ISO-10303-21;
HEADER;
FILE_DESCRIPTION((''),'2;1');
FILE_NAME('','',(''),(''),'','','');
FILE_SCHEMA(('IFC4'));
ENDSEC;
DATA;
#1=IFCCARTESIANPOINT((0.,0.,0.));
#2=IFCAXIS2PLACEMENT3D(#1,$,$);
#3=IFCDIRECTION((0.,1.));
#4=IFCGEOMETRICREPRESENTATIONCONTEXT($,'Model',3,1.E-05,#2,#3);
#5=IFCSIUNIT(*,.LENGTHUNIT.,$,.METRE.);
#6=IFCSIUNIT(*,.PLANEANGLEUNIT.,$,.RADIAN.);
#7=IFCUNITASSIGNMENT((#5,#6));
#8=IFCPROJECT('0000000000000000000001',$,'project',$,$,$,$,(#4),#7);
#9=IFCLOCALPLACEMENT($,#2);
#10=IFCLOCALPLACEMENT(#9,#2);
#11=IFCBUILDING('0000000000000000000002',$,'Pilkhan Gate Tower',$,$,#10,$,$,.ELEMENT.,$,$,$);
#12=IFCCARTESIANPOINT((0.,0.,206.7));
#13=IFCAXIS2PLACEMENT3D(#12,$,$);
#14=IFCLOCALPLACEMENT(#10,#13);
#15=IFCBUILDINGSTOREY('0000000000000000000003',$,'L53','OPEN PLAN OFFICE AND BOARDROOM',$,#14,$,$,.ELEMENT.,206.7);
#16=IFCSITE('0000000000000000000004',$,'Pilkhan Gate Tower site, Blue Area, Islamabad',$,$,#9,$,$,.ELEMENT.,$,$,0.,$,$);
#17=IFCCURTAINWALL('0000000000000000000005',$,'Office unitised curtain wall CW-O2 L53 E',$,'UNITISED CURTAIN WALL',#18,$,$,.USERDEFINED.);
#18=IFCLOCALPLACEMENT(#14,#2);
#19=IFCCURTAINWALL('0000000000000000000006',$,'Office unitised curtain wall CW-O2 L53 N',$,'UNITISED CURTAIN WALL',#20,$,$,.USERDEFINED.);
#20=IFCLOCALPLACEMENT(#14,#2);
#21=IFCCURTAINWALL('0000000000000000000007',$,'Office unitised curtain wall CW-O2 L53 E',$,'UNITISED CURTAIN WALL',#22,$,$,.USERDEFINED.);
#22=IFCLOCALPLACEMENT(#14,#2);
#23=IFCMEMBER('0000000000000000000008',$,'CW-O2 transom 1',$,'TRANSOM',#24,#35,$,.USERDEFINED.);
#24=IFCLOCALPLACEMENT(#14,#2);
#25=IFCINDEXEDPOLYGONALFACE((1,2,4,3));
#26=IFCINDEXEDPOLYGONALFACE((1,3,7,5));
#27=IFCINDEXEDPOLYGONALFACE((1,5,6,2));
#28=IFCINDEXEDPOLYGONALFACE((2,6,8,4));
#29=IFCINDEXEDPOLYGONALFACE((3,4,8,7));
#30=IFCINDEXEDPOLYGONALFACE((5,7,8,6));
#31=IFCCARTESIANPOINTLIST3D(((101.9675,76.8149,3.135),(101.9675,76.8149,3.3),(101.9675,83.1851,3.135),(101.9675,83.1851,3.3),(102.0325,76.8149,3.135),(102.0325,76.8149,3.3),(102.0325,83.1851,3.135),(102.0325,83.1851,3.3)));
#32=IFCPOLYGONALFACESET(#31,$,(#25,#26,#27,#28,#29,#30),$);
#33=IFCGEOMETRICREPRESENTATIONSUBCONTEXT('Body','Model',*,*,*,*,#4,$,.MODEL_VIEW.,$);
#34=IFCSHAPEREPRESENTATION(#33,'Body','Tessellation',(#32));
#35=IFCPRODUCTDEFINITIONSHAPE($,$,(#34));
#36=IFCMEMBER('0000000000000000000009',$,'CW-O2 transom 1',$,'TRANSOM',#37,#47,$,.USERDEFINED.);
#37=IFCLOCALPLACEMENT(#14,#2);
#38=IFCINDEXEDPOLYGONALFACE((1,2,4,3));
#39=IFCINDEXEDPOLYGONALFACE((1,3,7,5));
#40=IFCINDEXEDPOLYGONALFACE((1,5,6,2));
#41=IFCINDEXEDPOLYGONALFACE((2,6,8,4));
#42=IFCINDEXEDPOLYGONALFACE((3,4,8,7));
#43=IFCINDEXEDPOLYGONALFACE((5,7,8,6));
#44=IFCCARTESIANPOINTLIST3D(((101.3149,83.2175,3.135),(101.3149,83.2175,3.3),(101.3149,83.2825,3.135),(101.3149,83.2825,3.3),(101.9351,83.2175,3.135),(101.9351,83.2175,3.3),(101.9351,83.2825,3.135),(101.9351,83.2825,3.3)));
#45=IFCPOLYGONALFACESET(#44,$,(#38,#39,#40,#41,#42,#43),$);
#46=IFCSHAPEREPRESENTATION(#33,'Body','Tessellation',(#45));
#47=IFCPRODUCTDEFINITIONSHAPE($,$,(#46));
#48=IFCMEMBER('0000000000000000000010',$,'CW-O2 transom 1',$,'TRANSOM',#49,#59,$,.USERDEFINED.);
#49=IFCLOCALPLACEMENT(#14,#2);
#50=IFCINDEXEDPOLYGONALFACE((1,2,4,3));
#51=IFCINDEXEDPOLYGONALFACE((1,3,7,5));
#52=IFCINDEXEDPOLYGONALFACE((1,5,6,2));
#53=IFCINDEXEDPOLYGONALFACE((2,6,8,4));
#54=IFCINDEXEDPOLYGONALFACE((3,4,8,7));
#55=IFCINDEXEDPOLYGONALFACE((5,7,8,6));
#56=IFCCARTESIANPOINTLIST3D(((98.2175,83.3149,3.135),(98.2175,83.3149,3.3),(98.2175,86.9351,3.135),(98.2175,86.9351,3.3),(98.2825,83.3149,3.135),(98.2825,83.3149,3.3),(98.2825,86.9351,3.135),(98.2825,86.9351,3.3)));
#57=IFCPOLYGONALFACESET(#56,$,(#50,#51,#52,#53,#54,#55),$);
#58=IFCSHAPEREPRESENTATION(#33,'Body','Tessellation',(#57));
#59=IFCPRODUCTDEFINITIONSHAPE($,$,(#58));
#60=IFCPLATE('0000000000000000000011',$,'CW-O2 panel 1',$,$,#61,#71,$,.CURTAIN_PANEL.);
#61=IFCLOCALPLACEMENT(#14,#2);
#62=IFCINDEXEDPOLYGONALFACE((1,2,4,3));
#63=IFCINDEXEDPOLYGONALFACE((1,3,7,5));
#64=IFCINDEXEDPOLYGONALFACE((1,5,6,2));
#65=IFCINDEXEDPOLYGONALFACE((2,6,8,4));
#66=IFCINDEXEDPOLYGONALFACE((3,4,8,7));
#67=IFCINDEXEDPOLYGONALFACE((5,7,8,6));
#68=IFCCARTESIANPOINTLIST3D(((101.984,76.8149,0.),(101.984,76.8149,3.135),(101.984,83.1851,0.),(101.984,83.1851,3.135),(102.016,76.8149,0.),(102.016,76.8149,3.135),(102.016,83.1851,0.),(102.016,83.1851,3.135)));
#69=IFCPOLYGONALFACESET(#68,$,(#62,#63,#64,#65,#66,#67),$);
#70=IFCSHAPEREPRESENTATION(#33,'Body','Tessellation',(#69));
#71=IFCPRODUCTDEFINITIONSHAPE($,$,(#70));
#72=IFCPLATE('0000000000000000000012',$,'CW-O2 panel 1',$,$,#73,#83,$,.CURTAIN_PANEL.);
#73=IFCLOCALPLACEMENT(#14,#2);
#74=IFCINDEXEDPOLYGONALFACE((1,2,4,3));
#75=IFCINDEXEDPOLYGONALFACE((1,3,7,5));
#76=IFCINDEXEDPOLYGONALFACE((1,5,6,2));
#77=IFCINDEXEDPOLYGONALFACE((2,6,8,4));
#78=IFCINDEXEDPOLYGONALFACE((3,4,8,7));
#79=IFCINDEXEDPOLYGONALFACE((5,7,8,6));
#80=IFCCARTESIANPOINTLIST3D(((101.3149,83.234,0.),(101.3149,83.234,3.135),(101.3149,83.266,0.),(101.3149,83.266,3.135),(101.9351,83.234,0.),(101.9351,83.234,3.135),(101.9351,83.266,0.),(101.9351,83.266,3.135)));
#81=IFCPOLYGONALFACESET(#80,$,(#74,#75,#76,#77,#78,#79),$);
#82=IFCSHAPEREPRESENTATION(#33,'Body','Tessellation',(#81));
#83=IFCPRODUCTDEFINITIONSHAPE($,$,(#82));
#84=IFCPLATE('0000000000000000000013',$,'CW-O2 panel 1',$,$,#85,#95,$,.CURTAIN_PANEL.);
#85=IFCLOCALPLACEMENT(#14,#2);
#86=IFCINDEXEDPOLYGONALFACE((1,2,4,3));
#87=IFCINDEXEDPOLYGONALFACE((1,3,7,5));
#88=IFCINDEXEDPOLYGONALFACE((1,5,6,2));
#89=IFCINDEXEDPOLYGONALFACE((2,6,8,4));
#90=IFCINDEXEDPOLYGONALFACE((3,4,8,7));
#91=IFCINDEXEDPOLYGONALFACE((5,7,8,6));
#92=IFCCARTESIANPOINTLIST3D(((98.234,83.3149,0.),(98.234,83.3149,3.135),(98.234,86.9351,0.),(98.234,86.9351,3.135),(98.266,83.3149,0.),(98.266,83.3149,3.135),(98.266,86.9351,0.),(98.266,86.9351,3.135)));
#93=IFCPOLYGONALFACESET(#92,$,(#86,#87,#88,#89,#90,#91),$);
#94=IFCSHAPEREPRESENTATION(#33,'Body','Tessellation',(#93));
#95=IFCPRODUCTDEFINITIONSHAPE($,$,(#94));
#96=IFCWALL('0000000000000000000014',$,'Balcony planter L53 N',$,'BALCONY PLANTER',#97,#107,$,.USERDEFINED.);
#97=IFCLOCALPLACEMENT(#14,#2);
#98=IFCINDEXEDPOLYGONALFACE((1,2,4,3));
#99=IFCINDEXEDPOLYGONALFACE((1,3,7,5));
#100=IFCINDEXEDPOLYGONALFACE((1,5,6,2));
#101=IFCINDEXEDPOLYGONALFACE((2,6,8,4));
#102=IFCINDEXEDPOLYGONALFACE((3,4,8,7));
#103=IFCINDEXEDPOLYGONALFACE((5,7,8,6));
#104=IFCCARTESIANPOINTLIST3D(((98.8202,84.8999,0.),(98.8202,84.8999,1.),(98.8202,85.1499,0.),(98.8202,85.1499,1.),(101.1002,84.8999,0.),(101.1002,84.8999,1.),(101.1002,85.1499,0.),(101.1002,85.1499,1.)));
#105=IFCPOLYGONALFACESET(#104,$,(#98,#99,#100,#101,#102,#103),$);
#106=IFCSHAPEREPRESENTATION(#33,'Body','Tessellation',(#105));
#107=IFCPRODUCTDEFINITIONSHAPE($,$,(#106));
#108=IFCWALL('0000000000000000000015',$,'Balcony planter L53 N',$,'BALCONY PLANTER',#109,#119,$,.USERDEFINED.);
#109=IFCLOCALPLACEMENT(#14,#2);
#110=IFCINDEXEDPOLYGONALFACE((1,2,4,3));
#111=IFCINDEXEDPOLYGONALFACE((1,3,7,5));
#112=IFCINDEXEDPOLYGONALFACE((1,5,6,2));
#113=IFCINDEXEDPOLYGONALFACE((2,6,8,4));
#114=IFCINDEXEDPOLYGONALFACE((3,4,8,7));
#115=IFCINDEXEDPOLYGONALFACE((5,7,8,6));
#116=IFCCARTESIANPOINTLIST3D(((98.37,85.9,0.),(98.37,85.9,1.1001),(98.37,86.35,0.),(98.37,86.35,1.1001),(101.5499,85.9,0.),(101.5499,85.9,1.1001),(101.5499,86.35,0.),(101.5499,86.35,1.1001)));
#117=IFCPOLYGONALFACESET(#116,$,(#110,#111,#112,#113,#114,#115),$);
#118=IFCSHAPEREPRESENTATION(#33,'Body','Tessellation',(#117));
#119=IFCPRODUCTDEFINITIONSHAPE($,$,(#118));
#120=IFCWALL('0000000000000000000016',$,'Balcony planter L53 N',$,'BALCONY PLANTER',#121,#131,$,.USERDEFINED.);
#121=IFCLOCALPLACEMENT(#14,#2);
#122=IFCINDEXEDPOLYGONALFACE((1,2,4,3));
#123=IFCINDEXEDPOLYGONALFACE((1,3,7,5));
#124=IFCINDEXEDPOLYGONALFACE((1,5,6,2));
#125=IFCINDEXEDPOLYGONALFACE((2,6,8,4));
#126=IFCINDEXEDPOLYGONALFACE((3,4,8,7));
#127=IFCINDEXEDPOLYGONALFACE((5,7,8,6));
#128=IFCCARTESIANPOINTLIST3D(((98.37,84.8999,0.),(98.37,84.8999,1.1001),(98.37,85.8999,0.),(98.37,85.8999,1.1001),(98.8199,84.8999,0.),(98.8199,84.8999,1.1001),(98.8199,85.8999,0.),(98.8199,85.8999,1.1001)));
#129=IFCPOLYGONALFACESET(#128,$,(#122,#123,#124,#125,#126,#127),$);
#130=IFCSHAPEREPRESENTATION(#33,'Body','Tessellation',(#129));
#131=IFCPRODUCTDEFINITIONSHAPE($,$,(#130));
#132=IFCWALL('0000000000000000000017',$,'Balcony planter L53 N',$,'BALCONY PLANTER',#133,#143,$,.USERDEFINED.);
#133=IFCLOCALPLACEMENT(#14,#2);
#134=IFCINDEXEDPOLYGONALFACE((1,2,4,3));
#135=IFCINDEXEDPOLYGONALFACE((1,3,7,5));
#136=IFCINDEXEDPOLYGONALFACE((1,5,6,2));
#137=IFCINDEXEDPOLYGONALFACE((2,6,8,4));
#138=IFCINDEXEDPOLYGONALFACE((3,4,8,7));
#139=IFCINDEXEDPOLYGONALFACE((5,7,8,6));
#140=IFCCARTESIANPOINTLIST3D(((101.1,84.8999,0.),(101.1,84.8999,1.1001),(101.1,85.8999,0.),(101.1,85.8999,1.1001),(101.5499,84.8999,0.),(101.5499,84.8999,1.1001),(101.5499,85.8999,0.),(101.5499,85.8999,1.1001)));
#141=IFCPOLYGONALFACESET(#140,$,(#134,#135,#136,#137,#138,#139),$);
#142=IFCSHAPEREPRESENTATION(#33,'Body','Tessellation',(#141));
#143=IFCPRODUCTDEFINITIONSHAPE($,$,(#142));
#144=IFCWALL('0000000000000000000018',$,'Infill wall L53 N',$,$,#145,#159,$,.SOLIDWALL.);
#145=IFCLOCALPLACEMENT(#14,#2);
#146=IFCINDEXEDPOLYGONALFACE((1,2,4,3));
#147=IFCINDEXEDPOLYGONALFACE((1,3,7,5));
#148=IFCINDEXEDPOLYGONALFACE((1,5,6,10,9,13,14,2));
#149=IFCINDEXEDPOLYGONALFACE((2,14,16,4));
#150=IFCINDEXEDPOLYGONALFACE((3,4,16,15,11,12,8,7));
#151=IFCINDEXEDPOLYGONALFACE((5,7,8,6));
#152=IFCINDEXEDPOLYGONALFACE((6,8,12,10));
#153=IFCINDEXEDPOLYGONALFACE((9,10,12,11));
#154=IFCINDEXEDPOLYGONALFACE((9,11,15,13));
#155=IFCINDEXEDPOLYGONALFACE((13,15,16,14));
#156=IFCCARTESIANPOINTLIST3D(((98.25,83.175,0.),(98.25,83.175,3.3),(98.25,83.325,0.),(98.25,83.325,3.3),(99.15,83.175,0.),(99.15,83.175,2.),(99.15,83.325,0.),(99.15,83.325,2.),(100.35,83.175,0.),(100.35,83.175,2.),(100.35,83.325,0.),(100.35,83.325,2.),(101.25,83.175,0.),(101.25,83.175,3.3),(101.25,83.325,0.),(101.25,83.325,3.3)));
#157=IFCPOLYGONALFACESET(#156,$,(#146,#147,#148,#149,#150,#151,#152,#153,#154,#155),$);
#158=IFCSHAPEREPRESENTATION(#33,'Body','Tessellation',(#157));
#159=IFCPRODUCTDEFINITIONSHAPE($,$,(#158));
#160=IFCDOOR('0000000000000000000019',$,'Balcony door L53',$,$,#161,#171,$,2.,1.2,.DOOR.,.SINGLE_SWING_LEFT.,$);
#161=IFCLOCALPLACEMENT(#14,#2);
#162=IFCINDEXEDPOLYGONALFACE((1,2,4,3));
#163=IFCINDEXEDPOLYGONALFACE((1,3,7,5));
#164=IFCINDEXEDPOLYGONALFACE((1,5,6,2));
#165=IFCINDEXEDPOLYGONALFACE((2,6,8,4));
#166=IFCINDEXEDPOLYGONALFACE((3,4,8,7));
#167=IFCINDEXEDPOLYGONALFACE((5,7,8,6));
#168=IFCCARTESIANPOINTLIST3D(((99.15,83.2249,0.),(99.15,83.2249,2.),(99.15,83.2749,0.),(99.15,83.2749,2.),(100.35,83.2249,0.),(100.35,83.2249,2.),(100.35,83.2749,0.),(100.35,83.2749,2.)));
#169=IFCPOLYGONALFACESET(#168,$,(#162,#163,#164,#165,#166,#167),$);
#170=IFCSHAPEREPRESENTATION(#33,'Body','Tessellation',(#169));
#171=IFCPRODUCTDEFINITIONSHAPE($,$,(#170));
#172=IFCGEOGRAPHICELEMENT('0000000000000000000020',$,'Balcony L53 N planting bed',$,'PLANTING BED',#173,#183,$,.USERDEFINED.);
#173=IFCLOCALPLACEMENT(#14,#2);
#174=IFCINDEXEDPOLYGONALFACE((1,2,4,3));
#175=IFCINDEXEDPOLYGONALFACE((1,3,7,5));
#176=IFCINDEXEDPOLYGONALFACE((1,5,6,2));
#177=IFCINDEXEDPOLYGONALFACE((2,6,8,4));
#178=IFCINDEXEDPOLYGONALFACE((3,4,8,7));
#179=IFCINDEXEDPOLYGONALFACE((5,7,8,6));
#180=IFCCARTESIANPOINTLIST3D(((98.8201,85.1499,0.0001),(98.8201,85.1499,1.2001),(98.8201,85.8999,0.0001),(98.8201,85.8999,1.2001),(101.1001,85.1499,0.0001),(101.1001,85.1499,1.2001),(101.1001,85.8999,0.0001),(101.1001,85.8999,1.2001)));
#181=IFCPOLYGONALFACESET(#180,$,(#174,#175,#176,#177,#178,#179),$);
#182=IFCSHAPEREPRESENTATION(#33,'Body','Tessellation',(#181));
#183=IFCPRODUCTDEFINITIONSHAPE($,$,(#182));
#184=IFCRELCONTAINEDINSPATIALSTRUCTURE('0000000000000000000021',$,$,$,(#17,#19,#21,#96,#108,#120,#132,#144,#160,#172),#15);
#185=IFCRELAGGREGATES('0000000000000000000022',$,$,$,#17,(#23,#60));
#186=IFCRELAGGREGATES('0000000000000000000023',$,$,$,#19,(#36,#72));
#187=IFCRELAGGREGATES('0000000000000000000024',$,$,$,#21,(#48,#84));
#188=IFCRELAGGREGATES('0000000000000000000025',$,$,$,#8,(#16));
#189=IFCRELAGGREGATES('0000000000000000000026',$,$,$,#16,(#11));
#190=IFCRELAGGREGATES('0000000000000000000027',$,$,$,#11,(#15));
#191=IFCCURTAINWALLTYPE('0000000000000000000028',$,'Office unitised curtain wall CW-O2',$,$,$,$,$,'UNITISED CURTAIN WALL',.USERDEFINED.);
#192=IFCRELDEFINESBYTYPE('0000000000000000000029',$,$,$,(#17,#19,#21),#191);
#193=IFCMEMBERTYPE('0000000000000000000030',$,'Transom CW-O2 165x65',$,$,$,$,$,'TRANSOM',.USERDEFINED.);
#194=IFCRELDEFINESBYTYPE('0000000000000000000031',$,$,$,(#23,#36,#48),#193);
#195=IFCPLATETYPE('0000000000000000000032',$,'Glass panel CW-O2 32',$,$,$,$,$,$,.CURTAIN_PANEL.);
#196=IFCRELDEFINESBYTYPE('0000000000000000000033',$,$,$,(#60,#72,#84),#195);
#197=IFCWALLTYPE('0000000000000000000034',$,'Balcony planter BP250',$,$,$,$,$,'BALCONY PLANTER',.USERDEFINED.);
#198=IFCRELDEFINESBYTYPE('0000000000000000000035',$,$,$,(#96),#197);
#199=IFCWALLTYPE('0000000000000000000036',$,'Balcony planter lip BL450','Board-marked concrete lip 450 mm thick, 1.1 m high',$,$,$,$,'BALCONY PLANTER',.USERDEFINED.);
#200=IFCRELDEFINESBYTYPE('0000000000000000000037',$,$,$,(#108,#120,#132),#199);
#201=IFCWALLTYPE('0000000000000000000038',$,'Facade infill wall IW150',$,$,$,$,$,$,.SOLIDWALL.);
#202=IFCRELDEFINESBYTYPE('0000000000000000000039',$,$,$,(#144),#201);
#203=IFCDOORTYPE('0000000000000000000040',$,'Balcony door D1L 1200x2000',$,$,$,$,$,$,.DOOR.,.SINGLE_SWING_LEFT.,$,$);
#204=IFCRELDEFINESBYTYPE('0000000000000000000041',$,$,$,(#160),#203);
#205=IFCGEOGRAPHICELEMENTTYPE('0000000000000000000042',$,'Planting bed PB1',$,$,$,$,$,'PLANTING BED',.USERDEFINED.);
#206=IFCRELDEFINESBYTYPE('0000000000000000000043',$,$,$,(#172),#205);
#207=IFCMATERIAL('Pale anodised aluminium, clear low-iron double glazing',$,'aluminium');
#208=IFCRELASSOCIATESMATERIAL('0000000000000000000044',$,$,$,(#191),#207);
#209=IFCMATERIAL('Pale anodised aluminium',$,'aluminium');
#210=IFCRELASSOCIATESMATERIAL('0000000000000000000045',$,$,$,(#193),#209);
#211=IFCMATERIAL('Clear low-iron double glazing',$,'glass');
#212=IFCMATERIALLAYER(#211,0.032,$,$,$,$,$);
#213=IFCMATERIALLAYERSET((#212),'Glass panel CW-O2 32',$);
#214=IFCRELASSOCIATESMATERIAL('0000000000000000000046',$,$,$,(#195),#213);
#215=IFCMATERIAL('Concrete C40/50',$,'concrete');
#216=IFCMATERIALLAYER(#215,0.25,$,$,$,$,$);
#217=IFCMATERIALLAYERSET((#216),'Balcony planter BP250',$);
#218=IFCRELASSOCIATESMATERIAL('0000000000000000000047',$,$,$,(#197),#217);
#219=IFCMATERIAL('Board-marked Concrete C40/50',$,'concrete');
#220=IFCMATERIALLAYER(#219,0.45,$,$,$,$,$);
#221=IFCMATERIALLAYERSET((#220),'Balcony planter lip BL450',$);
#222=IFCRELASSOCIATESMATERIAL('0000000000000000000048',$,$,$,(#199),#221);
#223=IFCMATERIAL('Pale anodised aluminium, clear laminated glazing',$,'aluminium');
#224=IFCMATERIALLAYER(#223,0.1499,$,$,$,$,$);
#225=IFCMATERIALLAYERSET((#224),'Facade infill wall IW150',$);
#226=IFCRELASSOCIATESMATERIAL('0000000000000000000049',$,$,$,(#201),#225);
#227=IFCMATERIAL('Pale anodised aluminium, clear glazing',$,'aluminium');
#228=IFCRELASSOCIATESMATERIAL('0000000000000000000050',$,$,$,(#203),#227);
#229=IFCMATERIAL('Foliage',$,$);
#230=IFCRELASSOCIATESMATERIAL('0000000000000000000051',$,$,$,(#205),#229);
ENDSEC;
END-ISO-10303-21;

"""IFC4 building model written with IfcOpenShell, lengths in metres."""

from ifc_helpers import new_model, si_unit, direction, frame, frame_2d, origin, origin_2d, place, context, subcontext, project, spatial, rectangle, extrude, material, layer, layer_set, material_profile, profile_set, type_object, element, fill, aggregate, save


model = new_model("IFC4")

# Units and contexts
model_context = context("Model", 3, precision=1e-05, world=origin(), true_north=direction((0.0, 1.0)))
body_context = subcontext(model_context, "Body", "Model", "MODEL_VIEW")
ifc_project = project(units=[si_unit("LENGTHUNIT", "METRE"), si_unit("PLANEANGLEUNIT", "RADIAN")], contexts=[model_context])

# Site, building, storey
site_placement = place(None, origin())
site = spatial("IfcSite", under=ifc_project, at=site_placement, Name="Pilkhan Gate Tower site, Blue Area, Islamabad", CompositionType="ELEMENT", RefElevation=0.0)
building_placement = place(site_placement, origin())
building = spatial("IfcBuilding", under=site, at=building_placement, Name="Pilkhan Gate Tower", CompositionType="ELEMENT")
storey_placement = place(building_placement, frame((0.0, 0.0, 206.7)))
storey = spatial("IfcBuildingStorey", under=building, at=storey_placement, Name="L53", Description="OPEN PLAN OFFICE AND BOARDROOM", CompositionType="ELEMENT", Elevation=206.7)

# Shared definitions
ifc_material_1 = material(Name="Pale anodised aluminium, clear low-iron double glazing", Category="aluminium")
curtain_wall_type = type_object("IfcCurtainWallType", Name="Office unitised curtain wall CW-O2", ElementType="UNITISED CURTAIN WALL", PredefinedType="USERDEFINED", material=ifc_material_1)
ifc_material_2 = material(Name="Pale anodised aluminium", Category="aluminium")

# Curtain walls
curtain_wall_1_placement = place(storey_placement, origin())
curtain_wall_1 = element("IfcCurtainWall", 1, at=curtain_wall_1_placement, inside=storey, type_object=curtain_wall_type, Name="Office unitised curtain wall CW-O2 L53 E", ObjectType="UNITISED CURTAIN WALL", PredefinedType="USERDEFINED")
curtain_wall_2_placement = place(storey_placement, origin())
curtain_wall_2 = element("IfcCurtainWall", 2, at=curtain_wall_2_placement, inside=storey, type_object=curtain_wall_type, Name="Office unitised curtain wall CW-O2 L53 N", ObjectType="UNITISED CURTAIN WALL", PredefinedType="USERDEFINED")

# Curtain wall
curtain_wall_3_placement = place(storey_placement, origin())
curtain_wall_3 = element("IfcCurtainWall", 3, at=curtain_wall_3_placement, inside=storey, type_object=curtain_wall_type, Name="Office unitised curtain wall CW-O2 L53 E", ObjectType="UNITISED CURTAIN WALL", PredefinedType="USERDEFINED")

# Members
ifc_material_profile_1 = material_profile(ifc_material_2, rectangle(XDim=0.0649, YDim=0.165, at=origin_2d()), Name="Transom 165x65")
ifc_profile_set_1 = profile_set([ifc_material_profile_1], Name="Pale anodised aluminium")
member_type_1 = type_object("IfcMemberType", Name="Transom CW-O2 165x65", ElementType="TRANSOM", PredefinedType="USERDEFINED", material=ifc_profile_set_1)
member_1_placement = place(storey_placement, frame((102.0, 76.8149, 3.2175), z_axis=(0.0, 1.0, 0.0), x_axis=(-1.0, 0.0, 0.0)))
member_1 = element("IfcMember", 4, at=member_1_placement, type_object=member_type_1, Name="CW-O2 transom 1", ObjectType="TRANSOM", PredefinedType="USERDEFINED", context=body_context, shape_type="SweptSolid", body=[
    extrude(rectangle(XDim=0.0649, YDim=0.165, at=origin_2d()), origin(), (0.0, 0.0, 1.0), 6.3701),
])
member_2_placement = place(storey_placement, frame((101.3149, 83.25, 3.2175), z_axis=(1.0, 0.0, 0.0), x_axis=(0.0, 1.0, 0.0)))
member_2 = element("IfcMember", 5, at=member_2_placement, type_object=member_type_1, Name="CW-O2 transom 1", ObjectType="TRANSOM", PredefinedType="USERDEFINED", context=body_context, shape_type="SweptSolid", body=[
    extrude(rectangle(XDim=0.0649, YDim=0.165, at=origin_2d()), origin(), (0.0, 0.0, 1.0), 0.6201),
])
member_3_placement = place(storey_placement, frame((98.25, 83.3149, 3.2175), z_axis=(0.0, 1.0, 0.0), x_axis=(-1.0, 0.0, 0.0)))
member_3 = element("IfcMember", 6, at=member_3_placement, type_object=member_type_1, Name="CW-O2 transom 1", ObjectType="TRANSOM", PredefinedType="USERDEFINED", context=body_context, shape_type="SweptSolid", body=[
    extrude(rectangle(XDim=0.0649, YDim=0.165, at=origin_2d()), origin(), (0.0, 0.0, 1.0), 3.6201),
])

# Plates
ifc_material_3 = material(Name="Clear low-iron double glazing", Category="glass")
ifc_layer_1 = layer(ifc_material_3, 0.032)
ifc_layer_set_1 = layer_set([ifc_layer_1], Name="Glass panel CW-O2 32")
plate_type = type_object("IfcPlateType", Name="Glass panel CW-O2 32", PredefinedType="CURTAIN_PANEL", material=ifc_layer_set_1)
plate_1_placement = place(storey_placement, frame((102.0, 80.0, 0.0), z_axis=(0.0, 0.0, 1.0), x_axis=(0.0, 1.0, 0.0)))
plate_1 = element("IfcPlate", 7, at=plate_1_placement, type_object=plate_type, Name="CW-O2 panel 1", PredefinedType="CURTAIN_PANEL", context=body_context, shape_type="SweptSolid", body=[
    extrude(rectangle(XDim=6.3701, YDim=0.032, at=origin_2d()), origin(), (0.0, 0.0, 1.0), 3.135),
])
aggregate(curtain_wall_1, [member_1, plate_1])
plate_2_placement = place(storey_placement, frame((101.625, 83.25, 0.0), z_axis=(0.0, 0.0, 1.0), x_axis=(1.0, 0.0, 0.0)))
plate_2 = element("IfcPlate", 8, at=plate_2_placement, type_object=plate_type, Name="CW-O2 panel 1", PredefinedType="CURTAIN_PANEL", context=body_context, shape_type="SweptSolid", body=[
    extrude(rectangle(XDim=0.6201, YDim=0.032, at=origin_2d()), origin(), (0.0, 0.0, 1.0), 3.135),
])
aggregate(curtain_wall_2, [member_2, plate_2])
plate_3_placement = place(storey_placement, frame((98.25, 85.125, 0.0), z_axis=(0.0, 0.0, 1.0), x_axis=(0.0, 1.0, 0.0)))
plate_3 = element("IfcPlate", 9, at=plate_3_placement, type_object=plate_type, Name="CW-O2 panel 1", PredefinedType="CURTAIN_PANEL", context=body_context, shape_type="SweptSolid", body=[
    extrude(rectangle(XDim=3.6201, YDim=0.032, at=origin_2d()), origin(), (0.0, 0.0, 1.0), 3.135),
])
aggregate(curtain_wall_3, [member_3, plate_3])

# Walls
ifc_material_4 = material(Name="Concrete C40/50", Category="concrete")
ifc_layer_2 = layer(ifc_material_4, 0.25)
ifc_layer_set_2 = layer_set([ifc_layer_2], Name="Balcony planter BP250")
wall_type_1 = type_object("IfcWallType", Name="Balcony planter BP250", ElementType="BALCONY PLANTER", PredefinedType="USERDEFINED", material=ifc_layer_set_2)
wall_1_placement = place(storey_placement, frame((98.8201, 85.0249, 0.0), z_axis=(0.0, 0.0, 1.0), x_axis=(1.0, 0.0, 0.0)))
element("IfcWall", 10, at=wall_1_placement, inside=storey, type_object=wall_type_1, Name="Balcony planter L53 N", ObjectType="BALCONY PLANTER", PredefinedType="USERDEFINED", context=body_context, shape_type="SweptSolid", body=[
    extrude(rectangle(XDim=2.28, YDim=0.25, at=frame_2d((1.1401, 0.0))), origin(), (0.0, 0.0, 1.0), 1.0),
])
ifc_material_5 = material(Name="Board-marked Concrete C40/50", Category="concrete")
ifc_layer_3 = layer(ifc_material_5, 0.45)
ifc_layer_set_3 = layer_set([ifc_layer_3], Name="Balcony planter lip BL450")
wall_type_2 = type_object("IfcWallType", Name="Balcony planter lip BL450", Description="Board-marked concrete lip 450 mm thick, 1.1 m high", ElementType="BALCONY PLANTER", PredefinedType="USERDEFINED", material=ifc_layer_set_3)
wall_2_placement = place(storey_placement, frame((98.3701, 86.125, 0.0), z_axis=(0.0, 0.0, 1.0), x_axis=(1.0, 0.0, 0.0)))
element("IfcWall", 11, at=wall_2_placement, inside=storey, type_object=wall_type_2, Name="Balcony planter L53 N", ObjectType="BALCONY PLANTER", PredefinedType="USERDEFINED", context=body_context, shape_type="SweptSolid", body=[
    extrude(rectangle(XDim=3.1799, YDim=0.45, at=frame_2d((1.5898, 0.0))), origin(), (0.0, 0.0, 1.0), 1.1001),
])
for number, where, z_axis, x_axis, name in (
    (12, (98.595, 84.8999, 0.0), (0.0, 0.0, 1.0), (0.0, 1.0, 0.0), "Balcony planter L53 N"),
    (13, (101.325, 84.8999, 0.0), (0.0, 0.0, 1.0), (0.0, 1.0, 0.0), "Balcony planter L53 N"),
):
    element("IfcWall", number, at=place(storey_placement, frame(where, z_axis=z_axis, x_axis=x_axis)), inside=storey, type_object=wall_type_2, Name=name, ObjectType="BALCONY PLANTER", PredefinedType="USERDEFINED", context=body_context, shape_type="SweptSolid", body=[
        extrude(rectangle(XDim=1.0, YDim=0.45, at=frame_2d((0.5, 0.0))), origin(), (0.0, 0.0, 1.0), 1.1001),
    ])

# Wall, opening, door
ifc_material_6 = material(Name="Pale anodised aluminium, clear laminated glazing", Category="aluminium")
ifc_layer_4 = layer(ifc_material_6, 0.1499)
ifc_layer_set_4 = layer_set([ifc_layer_4], Name="Facade infill wall IW150")
wall_type_3 = type_object("IfcWallType", Name="Facade infill wall IW150", PredefinedType="SOLIDWALL", material=ifc_layer_set_4)
wall_3_placement = place(storey_placement, frame((98.25, 83.25, 0.0), z_axis=(0.0, 0.0, 1.0), x_axis=(1.0, 0.0, 0.0)))
wall_3 = element("IfcWall", 14, at=wall_3_placement, inside=storey, type_object=wall_type_3, Name="Infill wall L53 N", PredefinedType="SOLIDWALL", context=body_context, shape_type="SweptSolid", body=[
    extrude(rectangle(XDim=3.0, YDim=0.1499, at=frame_2d((1.5, 0.0))), origin(), (0.0, 0.0, 1.0), 3.3),
])
opening_placement = place(wall_3_placement, frame((0.8999, 0.0, 0.0)))
opening = element("IfcOpeningElement", 15, at=opening_placement, cuts=wall_3, PredefinedType="OPENING", context=body_context, shape_type="SweptSolid", body=[
    extrude(rectangle(XDim=1.2, YDim=2.0, at=frame_2d((0.6001, 1.0))), frame((0.0, 0.085, 0.0), z_axis=(0.0, -1.0, 0.0), x_axis=(1.0, 0.0, 0.0)), (0.0, 0.0, 1.0), 0.1699),
])
ifc_material_7 = material(Name="Pale anodised aluminium, clear glazing", Category="aluminium")
door_type = type_object("IfcDoorType", Name="Balcony door D1L 1200x2000", OperationType="SINGLE_SWING_LEFT", PredefinedType="DOOR", material=ifc_material_7)
door_placement = place(opening_placement, origin())
door = element("IfcDoor", 16, at=door_placement, inside=storey, type_object=door_type, Name="Balcony door L53", OperationType="SINGLE_SWING_LEFT", OverallHeight=2.0, OverallWidth=1.2, PredefinedType="DOOR", context=body_context, shape_type="SweptSolid", body=[
    extrude(rectangle(XDim=1.2, YDim=2.0, at=frame_2d((0.6001, 1.0))), frame((0.0, 0.0249, 0.0), z_axis=(0.0, -1.0, 0.0), x_axis=(1.0, 0.0, 0.0)), (0.0, 0.0, 1.0), 0.05),
])
fill(opening, door)

# Geographic element
ifc_material_8 = material(Name="Foliage")
ifc_material_profile_2 = material_profile(ifc_material_8, rectangle(XDim=0.75, YDim=1.2, at=origin_2d()), Name="Bed 750x1200")
ifc_profile_set_2 = profile_set([ifc_material_profile_2], Name="Foliage")
geographic_element_type_1 = type_object("IfcGeographicElementType", Name="Planting bed PB1", ElementType="PLANTING BED", PredefinedType="USERDEFINED", material=ifc_profile_set_2)
geographic_element_1_placement = place(storey_placement, frame((98.8201, 85.5249, 0.6001), z_axis=(1.0, 0.0, 0.0), x_axis=(0.0, 1.0, 0.0)))
element("IfcGeographicElement", 17, at=geographic_element_1_placement, inside=storey, type_object=geographic_element_type_1, Name="Balcony L53 N planting bed", ObjectType="PLANTING BED", PredefinedType="USERDEFINED", context=body_context, shape_type="SweptSolid", body=[
    extrude(rectangle(XDim=0.75, YDim=1.2, at=origin_2d()), origin(), (0.0, 0.0, 1.0), 2.28),
])

save(model, "model.ifc")
